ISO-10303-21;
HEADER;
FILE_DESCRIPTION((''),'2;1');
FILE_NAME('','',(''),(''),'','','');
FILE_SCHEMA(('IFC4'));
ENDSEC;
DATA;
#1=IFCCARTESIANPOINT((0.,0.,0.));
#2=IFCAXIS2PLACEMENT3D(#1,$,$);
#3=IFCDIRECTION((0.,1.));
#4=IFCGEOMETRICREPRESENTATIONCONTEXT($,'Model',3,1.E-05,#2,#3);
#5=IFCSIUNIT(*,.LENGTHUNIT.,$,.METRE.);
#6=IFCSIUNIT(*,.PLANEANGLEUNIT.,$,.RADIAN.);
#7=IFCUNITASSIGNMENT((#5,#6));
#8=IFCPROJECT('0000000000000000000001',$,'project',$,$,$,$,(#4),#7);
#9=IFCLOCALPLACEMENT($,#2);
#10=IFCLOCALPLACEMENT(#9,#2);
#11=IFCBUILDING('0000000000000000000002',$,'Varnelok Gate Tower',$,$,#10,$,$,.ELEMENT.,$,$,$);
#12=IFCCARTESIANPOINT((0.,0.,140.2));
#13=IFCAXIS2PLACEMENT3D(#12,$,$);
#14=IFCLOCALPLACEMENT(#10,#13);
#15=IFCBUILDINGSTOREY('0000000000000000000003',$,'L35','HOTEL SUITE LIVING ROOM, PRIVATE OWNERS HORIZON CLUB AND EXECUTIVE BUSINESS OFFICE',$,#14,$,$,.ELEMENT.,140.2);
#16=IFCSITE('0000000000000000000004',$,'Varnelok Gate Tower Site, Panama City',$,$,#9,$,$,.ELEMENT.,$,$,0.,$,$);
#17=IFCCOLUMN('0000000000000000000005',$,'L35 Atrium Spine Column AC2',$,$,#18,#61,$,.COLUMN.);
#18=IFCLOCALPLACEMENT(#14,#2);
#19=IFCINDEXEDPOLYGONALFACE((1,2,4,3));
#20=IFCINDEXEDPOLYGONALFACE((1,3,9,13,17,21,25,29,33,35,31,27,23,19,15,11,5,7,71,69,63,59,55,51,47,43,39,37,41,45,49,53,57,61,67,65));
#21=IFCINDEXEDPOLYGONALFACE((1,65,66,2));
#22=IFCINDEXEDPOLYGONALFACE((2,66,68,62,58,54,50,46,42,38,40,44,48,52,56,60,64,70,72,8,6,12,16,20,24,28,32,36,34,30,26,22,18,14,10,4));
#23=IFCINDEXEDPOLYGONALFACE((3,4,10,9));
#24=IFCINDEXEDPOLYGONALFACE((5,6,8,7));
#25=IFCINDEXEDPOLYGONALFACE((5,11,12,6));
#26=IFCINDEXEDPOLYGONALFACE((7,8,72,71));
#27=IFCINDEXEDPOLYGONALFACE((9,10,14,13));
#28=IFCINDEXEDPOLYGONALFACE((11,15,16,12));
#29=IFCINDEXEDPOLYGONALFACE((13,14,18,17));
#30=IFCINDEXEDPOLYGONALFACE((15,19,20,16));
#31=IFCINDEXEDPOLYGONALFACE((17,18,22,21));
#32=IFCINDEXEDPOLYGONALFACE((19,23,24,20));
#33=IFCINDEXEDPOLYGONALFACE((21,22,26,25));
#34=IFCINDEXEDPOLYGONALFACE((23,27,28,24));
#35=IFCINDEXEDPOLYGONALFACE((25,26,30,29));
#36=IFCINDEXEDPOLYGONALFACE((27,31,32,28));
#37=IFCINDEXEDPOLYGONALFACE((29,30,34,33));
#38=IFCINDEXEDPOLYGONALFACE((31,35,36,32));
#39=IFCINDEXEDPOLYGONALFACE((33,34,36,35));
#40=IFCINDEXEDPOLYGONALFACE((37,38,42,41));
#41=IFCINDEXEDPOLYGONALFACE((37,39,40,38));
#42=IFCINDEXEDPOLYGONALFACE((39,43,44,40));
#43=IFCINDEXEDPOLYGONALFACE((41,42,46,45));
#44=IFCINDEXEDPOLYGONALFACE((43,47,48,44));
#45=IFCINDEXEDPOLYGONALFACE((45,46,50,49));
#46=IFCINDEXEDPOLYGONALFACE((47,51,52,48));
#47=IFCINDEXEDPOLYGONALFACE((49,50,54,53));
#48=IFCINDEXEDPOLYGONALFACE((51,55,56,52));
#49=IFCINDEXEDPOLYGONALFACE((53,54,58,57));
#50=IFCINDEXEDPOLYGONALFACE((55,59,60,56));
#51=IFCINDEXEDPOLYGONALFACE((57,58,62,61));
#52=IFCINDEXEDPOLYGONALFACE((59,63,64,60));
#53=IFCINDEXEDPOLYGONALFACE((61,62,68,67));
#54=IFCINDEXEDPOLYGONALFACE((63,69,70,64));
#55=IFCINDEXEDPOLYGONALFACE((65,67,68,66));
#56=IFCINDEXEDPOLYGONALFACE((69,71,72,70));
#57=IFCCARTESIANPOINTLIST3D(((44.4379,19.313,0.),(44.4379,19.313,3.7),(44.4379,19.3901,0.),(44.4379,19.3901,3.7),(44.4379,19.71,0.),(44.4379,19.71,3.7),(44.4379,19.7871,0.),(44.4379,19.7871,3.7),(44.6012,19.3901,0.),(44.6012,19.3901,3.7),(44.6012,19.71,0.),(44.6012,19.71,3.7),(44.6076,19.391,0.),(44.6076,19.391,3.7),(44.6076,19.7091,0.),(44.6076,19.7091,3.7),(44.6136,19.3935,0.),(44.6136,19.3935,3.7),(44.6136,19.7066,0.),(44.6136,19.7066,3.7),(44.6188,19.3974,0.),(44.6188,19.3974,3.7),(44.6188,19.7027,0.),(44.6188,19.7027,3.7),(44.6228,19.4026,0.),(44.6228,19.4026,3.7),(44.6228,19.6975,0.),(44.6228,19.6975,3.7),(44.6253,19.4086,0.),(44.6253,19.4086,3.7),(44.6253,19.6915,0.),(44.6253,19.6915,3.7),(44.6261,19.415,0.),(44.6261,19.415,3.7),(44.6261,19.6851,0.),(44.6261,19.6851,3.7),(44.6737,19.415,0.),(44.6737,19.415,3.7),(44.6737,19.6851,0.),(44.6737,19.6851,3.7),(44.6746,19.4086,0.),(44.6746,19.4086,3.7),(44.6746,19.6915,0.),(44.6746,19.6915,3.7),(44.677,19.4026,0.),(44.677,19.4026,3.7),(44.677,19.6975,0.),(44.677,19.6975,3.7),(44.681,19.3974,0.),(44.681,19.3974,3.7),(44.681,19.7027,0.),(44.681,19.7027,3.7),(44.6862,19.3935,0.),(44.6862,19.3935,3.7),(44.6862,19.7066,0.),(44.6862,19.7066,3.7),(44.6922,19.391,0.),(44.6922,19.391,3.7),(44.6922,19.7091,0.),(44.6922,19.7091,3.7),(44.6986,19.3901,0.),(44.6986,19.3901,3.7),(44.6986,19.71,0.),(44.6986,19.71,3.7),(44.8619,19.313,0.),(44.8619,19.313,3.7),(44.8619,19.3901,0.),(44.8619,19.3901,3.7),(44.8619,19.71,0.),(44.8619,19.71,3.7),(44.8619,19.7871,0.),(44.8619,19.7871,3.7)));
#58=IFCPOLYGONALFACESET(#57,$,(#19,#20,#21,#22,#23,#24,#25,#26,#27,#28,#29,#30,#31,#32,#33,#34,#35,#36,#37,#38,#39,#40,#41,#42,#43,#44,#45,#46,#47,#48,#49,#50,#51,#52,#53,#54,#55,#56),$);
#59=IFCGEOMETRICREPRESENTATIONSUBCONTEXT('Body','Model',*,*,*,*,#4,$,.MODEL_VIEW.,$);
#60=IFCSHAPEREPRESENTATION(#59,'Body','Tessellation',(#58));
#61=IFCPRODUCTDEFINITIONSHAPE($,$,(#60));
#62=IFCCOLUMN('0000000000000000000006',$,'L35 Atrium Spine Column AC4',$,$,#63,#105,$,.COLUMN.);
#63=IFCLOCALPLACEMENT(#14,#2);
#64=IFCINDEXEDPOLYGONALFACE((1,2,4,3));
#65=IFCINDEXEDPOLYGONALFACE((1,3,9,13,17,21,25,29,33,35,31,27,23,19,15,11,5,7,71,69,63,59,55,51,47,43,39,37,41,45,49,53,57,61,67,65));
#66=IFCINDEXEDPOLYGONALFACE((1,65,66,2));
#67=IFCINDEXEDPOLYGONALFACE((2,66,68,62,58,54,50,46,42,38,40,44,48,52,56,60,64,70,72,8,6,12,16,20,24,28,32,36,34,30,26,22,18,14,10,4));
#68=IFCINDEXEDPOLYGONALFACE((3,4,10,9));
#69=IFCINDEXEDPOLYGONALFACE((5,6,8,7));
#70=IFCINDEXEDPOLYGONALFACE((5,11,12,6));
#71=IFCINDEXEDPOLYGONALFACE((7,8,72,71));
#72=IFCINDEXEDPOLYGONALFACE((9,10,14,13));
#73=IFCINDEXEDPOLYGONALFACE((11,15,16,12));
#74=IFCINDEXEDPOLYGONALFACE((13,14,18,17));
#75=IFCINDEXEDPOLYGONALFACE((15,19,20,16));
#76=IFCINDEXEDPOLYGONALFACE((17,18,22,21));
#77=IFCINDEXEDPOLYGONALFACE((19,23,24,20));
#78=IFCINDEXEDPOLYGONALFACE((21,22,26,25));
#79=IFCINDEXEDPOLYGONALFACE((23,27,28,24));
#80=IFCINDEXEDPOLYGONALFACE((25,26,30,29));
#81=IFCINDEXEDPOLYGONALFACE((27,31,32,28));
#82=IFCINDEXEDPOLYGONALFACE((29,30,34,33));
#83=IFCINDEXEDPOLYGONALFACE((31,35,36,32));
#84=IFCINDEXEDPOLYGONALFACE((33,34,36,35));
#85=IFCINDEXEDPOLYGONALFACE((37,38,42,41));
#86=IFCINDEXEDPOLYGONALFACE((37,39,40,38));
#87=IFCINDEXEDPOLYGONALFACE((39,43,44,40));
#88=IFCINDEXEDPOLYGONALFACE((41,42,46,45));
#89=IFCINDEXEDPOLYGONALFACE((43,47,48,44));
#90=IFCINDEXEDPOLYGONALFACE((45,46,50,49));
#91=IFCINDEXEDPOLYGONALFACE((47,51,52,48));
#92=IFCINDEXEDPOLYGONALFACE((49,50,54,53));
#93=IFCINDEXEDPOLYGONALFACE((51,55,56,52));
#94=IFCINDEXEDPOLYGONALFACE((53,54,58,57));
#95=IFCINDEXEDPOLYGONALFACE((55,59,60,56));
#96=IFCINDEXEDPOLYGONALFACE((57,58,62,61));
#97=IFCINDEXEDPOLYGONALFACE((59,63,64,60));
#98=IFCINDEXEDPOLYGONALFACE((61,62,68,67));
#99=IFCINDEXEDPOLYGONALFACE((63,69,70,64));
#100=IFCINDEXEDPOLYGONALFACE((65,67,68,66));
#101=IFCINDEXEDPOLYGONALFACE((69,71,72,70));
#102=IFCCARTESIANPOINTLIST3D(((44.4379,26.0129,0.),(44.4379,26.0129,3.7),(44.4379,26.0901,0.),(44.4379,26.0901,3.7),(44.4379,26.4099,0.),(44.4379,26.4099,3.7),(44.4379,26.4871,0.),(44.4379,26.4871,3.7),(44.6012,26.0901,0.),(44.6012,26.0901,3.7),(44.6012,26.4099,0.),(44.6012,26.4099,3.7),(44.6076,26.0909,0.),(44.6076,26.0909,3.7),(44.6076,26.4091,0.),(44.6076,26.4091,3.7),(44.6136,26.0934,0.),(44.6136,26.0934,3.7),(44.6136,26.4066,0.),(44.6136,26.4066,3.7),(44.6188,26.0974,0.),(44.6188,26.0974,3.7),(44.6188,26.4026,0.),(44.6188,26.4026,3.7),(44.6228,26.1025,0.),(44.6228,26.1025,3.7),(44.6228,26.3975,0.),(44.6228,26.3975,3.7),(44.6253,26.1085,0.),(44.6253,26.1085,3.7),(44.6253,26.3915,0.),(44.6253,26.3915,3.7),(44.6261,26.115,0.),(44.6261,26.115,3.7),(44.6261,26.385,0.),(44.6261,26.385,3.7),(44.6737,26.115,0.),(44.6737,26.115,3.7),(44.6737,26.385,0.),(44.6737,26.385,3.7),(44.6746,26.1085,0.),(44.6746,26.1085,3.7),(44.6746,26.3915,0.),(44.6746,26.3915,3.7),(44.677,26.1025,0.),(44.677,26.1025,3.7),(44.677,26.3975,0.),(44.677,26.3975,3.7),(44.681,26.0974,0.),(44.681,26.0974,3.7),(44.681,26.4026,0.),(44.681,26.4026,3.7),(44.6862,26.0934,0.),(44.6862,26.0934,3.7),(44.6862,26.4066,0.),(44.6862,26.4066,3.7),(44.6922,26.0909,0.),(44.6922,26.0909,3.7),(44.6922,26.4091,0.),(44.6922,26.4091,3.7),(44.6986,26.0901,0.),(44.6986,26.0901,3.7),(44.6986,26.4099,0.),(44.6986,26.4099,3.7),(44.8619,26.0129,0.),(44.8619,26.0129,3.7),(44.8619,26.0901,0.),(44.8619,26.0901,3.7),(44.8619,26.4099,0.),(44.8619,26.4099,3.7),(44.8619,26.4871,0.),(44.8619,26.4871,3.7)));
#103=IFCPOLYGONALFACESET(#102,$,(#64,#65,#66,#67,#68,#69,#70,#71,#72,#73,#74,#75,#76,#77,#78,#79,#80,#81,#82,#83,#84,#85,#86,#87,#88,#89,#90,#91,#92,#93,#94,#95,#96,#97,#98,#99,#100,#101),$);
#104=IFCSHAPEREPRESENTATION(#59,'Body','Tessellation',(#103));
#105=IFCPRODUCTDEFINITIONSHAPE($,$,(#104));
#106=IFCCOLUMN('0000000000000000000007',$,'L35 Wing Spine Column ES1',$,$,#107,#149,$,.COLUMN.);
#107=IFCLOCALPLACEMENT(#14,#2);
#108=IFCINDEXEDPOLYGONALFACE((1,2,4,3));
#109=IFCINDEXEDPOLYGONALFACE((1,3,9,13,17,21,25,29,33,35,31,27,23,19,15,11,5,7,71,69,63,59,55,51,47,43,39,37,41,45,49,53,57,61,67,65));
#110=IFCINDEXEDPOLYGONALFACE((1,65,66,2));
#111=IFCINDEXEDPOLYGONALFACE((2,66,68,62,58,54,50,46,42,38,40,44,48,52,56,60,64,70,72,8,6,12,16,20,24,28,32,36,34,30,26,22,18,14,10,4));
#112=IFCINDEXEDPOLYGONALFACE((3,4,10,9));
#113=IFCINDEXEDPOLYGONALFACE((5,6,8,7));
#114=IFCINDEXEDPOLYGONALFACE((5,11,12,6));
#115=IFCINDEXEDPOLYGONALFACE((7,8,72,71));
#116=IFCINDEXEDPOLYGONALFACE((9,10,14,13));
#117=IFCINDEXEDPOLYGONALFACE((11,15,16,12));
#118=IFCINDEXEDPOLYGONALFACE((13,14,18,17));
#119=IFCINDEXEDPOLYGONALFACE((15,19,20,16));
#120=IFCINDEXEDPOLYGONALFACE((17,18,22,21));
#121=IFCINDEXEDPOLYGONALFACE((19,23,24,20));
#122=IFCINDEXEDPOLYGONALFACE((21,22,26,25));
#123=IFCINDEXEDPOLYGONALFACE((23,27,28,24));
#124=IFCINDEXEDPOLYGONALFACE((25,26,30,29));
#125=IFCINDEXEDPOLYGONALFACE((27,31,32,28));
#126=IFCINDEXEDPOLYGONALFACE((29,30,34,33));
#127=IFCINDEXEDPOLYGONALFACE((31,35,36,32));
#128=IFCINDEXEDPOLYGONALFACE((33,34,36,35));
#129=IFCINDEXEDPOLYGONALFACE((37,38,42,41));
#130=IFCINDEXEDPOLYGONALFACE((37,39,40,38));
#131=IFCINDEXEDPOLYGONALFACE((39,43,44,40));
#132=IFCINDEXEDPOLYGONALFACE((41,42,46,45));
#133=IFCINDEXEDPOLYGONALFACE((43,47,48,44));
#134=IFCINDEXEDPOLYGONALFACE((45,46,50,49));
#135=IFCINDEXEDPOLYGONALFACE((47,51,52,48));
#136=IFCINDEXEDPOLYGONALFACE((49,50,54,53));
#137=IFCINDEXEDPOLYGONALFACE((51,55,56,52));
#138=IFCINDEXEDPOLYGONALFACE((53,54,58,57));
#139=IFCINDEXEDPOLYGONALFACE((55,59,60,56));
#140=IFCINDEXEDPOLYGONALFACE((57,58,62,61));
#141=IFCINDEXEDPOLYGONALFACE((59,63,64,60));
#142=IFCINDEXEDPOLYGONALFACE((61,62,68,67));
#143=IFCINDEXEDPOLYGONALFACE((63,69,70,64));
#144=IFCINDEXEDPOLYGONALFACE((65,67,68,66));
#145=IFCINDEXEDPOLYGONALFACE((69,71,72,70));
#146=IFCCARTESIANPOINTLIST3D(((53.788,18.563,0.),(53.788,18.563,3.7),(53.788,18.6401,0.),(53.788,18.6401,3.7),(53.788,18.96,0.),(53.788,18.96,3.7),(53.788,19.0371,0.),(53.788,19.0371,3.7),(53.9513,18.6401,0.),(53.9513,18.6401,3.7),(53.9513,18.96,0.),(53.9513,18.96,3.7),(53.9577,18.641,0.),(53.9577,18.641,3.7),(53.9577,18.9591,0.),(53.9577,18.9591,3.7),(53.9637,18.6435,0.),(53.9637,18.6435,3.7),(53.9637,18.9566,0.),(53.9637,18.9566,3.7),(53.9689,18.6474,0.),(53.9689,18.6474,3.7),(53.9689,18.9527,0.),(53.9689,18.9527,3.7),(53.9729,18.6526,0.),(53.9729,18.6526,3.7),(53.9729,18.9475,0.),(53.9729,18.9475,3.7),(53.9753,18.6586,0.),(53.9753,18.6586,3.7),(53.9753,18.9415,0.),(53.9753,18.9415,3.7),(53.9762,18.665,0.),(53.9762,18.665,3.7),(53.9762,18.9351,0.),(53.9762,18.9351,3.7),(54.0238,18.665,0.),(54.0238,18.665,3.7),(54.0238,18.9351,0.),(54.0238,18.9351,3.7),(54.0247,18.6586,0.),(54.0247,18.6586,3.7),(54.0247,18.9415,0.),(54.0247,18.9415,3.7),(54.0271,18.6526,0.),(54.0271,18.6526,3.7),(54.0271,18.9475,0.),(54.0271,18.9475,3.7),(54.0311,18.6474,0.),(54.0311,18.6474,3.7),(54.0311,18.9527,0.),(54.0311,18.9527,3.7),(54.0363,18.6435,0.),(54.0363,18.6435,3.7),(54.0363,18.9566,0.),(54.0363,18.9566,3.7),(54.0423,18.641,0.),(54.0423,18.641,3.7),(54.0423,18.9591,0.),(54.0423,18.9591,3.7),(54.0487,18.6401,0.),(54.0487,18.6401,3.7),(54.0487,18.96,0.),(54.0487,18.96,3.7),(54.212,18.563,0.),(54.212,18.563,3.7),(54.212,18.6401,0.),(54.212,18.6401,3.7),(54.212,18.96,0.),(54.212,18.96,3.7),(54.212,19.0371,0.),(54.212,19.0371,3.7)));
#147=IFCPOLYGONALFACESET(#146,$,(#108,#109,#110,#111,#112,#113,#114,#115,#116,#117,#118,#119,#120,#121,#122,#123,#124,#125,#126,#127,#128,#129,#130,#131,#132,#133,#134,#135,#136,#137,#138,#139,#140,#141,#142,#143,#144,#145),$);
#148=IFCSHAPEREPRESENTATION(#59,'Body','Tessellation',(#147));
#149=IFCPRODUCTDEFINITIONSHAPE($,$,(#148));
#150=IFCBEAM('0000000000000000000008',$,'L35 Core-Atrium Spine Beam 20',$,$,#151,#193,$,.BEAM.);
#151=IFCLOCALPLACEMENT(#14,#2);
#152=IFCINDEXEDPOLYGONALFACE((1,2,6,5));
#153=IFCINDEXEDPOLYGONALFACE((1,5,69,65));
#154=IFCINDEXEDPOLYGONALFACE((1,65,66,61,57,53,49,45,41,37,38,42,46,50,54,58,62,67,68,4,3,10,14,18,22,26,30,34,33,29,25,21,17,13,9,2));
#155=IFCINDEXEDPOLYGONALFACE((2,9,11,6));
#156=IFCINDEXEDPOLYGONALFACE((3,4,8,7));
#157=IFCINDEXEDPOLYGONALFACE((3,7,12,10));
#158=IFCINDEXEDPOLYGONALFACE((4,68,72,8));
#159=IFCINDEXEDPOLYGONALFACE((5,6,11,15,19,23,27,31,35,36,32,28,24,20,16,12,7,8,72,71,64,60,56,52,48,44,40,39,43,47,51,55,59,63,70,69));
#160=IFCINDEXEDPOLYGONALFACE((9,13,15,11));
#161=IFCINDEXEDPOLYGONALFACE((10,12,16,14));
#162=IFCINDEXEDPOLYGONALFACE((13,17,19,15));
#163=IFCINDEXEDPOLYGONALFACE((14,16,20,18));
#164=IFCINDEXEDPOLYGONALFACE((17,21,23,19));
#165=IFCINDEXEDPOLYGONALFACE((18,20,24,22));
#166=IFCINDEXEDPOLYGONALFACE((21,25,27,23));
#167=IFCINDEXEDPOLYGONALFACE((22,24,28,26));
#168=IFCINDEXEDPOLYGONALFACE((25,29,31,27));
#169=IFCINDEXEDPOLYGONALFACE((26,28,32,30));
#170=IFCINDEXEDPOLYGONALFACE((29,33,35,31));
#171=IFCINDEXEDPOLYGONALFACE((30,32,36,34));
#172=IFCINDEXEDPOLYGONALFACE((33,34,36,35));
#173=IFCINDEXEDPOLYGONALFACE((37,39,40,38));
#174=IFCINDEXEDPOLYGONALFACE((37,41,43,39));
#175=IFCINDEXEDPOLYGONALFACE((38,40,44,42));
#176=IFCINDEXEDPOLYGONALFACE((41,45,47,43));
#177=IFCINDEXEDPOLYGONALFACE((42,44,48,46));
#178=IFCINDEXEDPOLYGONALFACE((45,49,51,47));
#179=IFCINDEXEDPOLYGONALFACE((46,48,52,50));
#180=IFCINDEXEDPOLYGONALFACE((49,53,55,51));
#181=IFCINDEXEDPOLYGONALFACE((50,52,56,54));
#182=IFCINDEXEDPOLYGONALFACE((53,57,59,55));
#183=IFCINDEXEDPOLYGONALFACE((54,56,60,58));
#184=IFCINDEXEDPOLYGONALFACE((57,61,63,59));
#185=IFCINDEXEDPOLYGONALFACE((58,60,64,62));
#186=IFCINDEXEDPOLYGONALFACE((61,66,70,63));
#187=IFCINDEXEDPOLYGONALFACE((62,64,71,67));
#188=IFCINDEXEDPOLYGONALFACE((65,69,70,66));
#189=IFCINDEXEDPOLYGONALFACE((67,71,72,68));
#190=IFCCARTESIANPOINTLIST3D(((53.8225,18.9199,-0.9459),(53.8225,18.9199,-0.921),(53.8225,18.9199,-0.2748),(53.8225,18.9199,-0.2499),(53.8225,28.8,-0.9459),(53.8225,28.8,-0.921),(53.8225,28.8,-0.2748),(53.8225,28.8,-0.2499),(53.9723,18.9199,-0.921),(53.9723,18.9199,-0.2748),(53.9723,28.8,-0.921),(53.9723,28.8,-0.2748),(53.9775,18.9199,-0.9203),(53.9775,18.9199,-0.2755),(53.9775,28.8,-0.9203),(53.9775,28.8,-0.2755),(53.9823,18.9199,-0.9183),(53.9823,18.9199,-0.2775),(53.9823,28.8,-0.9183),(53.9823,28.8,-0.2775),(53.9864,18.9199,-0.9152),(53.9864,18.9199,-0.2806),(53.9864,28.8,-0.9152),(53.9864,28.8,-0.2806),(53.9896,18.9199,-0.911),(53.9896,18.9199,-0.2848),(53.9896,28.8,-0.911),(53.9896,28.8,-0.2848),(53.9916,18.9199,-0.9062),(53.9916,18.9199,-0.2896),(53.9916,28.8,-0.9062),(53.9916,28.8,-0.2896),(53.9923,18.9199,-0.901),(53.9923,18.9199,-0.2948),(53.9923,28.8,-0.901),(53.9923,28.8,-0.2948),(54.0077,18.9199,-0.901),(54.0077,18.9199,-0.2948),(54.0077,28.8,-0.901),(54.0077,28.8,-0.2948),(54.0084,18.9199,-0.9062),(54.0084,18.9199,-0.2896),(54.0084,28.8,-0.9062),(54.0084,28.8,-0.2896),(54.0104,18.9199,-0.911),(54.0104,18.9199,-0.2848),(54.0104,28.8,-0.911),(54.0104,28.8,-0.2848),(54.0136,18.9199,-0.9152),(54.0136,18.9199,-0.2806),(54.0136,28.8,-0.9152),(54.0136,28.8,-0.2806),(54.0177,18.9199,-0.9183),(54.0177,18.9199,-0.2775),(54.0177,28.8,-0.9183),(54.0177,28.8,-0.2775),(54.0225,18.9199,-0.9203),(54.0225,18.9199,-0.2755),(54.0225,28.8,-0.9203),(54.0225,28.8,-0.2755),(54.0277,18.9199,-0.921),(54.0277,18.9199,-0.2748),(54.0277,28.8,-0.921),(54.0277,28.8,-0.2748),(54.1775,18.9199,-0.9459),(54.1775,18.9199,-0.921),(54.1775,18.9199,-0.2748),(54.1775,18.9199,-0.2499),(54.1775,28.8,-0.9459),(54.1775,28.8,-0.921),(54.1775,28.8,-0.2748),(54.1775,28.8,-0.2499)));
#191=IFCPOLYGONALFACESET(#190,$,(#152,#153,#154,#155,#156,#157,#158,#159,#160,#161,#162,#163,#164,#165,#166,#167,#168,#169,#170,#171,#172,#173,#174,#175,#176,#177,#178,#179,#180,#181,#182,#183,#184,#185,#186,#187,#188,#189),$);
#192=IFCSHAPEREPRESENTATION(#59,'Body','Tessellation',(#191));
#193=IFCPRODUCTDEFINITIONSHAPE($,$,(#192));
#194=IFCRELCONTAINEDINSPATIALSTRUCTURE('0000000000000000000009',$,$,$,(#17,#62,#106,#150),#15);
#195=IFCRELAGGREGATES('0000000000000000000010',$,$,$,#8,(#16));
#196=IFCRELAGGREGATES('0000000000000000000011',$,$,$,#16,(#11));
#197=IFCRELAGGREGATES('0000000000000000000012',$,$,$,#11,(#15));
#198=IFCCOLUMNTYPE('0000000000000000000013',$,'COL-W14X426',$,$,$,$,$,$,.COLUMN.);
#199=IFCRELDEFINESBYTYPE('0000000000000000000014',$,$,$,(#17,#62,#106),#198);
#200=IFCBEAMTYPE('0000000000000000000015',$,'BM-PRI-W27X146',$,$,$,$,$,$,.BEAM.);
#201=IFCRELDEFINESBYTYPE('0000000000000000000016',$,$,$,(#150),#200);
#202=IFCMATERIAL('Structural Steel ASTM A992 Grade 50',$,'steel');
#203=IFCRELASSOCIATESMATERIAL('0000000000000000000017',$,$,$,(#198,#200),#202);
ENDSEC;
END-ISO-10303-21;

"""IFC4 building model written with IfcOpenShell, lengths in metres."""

from ifc_helpers import new_model, si_unit, direction, frame, origin, origin_2d, place, context, subcontext, project, spatial, i_section, extrude, material, material_profile, profile_set, type_object, element, save


model = new_model("IFC4")

# Units and contexts
model_context = context("Model", 3, precision=1e-05, world=origin(), true_north=direction((0.0, 1.0)))
body_context = subcontext(model_context, "Body", "Model", "MODEL_VIEW")
ifc_project = project(units=[si_unit("LENGTHUNIT", "METRE"), si_unit("PLANEANGLEUNIT", "RADIAN")], contexts=[model_context])

# Site, building, storey
site_placement = place(None, origin())
site = spatial("IfcSite", under=ifc_project, at=site_placement, Name="Varnelok Gate Tower Site, Panama City", CompositionType="ELEMENT", RefElevation=0.0)
building_placement = place(site_placement, origin())
building = spatial("IfcBuilding", under=site, at=building_placement, Name="Varnelok Gate Tower", CompositionType="ELEMENT")
storey_placement = place(building_placement, frame((0.0, 0.0, 140.2)))
storey = spatial("IfcBuildingStorey", under=building, at=storey_placement, Name="L35", Description="HOTEL SUITE LIVING ROOM, PRIVATE OWNERS HORIZON CLUB AND EXECUTIVE BUSINESS OFFICE", CompositionType="ELEMENT", Elevation=140.2)

# Columns
ifc_material_1 = material(Name="Structural Steel ASTM A992 Grade 50", Category="steel")
ifc_material_profile_1 = material_profile(ifc_material_1, i_section(OverallWidth=0.4241, OverallDepth=0.4741, WebThickness=0.0476, FlangeThickness=0.0771, FilletRadius=0.0249, at=origin_2d()), Name="W14X426")
ifc_profile_set_1 = profile_set([ifc_material_profile_1], Name="Structural Steel ASTM A992 Grade 50")
column_type = type_object("IfcColumnType", Name="COL-W14X426", PredefinedType="COLUMN", material=ifc_profile_set_1)
for number, where, z_axis, x_axis, name in (
    (1, (44.6499, 19.55, 0.0), (0.0, 0.0, 1.0), (1.0, 0.0, 0.0), "L35 Atrium Spine Column AC2"),
    (2, (44.6499, 26.25, 0.0), (0.0, 0.0, 1.0), (1.0, 0.0, 0.0), "L35 Atrium Spine Column AC4"),
    (3, (54.0, 18.8, 0.0), (0.0, 0.0, 1.0), (1.0, 0.0, 0.0), "L35 Wing Spine Column ES1"),
):
    element("IfcColumn", number, at=place(storey_placement, frame(where, z_axis=z_axis, x_axis=x_axis)), inside=storey, type_object=column_type, Name=name, PredefinedType="COLUMN", context=body_context, shape_type="SweptSolid", body=[
        extrude(i_section(OverallWidth=0.4241, OverallDepth=0.4741, WebThickness=0.0476, FlangeThickness=0.0771, FilletRadius=0.0249, at=origin_2d()), origin(), (0.0, 0.0, 1.0), 3.7),
    ])

# Beam
ifc_material_profile_2 = material_profile(ifc_material_1, i_section(OverallWidth=0.355, OverallDepth=0.696, WebThickness=0.0154, FlangeThickness=0.0249, FilletRadius=0.02, at=origin_2d()), Name="W27X146")
ifc_profile_set_2 = profile_set([ifc_material_profile_2], Name="Structural Steel ASTM A992 Grade 50")
beam_type_1 = type_object("IfcBeamType", Name="BM-PRI-W27X146", PredefinedType="BEAM", material=ifc_profile_set_2)
beam_1_placement = place(storey_placement, frame((54.0, 18.9199, -0.5979), z_axis=(0.0, 1.0, 0.0), x_axis=(-1.0, 0.0, 0.0)))
element("IfcBeam", 4, at=beam_1_placement, inside=storey, type_object=beam_type_1, Name="L35 Core-Atrium Spine Beam 20", PredefinedType="BEAM", context=body_context, shape_type="SweptSolid", body=[
    extrude(i_section(OverallWidth=0.355, OverallDepth=0.696, WebThickness=0.0154, FlangeThickness=0.0249, FilletRadius=0.02, at=origin_2d()), origin(), (0.0, 0.0, 1.0), 9.8801),
])

save(model, "model.ifc")
